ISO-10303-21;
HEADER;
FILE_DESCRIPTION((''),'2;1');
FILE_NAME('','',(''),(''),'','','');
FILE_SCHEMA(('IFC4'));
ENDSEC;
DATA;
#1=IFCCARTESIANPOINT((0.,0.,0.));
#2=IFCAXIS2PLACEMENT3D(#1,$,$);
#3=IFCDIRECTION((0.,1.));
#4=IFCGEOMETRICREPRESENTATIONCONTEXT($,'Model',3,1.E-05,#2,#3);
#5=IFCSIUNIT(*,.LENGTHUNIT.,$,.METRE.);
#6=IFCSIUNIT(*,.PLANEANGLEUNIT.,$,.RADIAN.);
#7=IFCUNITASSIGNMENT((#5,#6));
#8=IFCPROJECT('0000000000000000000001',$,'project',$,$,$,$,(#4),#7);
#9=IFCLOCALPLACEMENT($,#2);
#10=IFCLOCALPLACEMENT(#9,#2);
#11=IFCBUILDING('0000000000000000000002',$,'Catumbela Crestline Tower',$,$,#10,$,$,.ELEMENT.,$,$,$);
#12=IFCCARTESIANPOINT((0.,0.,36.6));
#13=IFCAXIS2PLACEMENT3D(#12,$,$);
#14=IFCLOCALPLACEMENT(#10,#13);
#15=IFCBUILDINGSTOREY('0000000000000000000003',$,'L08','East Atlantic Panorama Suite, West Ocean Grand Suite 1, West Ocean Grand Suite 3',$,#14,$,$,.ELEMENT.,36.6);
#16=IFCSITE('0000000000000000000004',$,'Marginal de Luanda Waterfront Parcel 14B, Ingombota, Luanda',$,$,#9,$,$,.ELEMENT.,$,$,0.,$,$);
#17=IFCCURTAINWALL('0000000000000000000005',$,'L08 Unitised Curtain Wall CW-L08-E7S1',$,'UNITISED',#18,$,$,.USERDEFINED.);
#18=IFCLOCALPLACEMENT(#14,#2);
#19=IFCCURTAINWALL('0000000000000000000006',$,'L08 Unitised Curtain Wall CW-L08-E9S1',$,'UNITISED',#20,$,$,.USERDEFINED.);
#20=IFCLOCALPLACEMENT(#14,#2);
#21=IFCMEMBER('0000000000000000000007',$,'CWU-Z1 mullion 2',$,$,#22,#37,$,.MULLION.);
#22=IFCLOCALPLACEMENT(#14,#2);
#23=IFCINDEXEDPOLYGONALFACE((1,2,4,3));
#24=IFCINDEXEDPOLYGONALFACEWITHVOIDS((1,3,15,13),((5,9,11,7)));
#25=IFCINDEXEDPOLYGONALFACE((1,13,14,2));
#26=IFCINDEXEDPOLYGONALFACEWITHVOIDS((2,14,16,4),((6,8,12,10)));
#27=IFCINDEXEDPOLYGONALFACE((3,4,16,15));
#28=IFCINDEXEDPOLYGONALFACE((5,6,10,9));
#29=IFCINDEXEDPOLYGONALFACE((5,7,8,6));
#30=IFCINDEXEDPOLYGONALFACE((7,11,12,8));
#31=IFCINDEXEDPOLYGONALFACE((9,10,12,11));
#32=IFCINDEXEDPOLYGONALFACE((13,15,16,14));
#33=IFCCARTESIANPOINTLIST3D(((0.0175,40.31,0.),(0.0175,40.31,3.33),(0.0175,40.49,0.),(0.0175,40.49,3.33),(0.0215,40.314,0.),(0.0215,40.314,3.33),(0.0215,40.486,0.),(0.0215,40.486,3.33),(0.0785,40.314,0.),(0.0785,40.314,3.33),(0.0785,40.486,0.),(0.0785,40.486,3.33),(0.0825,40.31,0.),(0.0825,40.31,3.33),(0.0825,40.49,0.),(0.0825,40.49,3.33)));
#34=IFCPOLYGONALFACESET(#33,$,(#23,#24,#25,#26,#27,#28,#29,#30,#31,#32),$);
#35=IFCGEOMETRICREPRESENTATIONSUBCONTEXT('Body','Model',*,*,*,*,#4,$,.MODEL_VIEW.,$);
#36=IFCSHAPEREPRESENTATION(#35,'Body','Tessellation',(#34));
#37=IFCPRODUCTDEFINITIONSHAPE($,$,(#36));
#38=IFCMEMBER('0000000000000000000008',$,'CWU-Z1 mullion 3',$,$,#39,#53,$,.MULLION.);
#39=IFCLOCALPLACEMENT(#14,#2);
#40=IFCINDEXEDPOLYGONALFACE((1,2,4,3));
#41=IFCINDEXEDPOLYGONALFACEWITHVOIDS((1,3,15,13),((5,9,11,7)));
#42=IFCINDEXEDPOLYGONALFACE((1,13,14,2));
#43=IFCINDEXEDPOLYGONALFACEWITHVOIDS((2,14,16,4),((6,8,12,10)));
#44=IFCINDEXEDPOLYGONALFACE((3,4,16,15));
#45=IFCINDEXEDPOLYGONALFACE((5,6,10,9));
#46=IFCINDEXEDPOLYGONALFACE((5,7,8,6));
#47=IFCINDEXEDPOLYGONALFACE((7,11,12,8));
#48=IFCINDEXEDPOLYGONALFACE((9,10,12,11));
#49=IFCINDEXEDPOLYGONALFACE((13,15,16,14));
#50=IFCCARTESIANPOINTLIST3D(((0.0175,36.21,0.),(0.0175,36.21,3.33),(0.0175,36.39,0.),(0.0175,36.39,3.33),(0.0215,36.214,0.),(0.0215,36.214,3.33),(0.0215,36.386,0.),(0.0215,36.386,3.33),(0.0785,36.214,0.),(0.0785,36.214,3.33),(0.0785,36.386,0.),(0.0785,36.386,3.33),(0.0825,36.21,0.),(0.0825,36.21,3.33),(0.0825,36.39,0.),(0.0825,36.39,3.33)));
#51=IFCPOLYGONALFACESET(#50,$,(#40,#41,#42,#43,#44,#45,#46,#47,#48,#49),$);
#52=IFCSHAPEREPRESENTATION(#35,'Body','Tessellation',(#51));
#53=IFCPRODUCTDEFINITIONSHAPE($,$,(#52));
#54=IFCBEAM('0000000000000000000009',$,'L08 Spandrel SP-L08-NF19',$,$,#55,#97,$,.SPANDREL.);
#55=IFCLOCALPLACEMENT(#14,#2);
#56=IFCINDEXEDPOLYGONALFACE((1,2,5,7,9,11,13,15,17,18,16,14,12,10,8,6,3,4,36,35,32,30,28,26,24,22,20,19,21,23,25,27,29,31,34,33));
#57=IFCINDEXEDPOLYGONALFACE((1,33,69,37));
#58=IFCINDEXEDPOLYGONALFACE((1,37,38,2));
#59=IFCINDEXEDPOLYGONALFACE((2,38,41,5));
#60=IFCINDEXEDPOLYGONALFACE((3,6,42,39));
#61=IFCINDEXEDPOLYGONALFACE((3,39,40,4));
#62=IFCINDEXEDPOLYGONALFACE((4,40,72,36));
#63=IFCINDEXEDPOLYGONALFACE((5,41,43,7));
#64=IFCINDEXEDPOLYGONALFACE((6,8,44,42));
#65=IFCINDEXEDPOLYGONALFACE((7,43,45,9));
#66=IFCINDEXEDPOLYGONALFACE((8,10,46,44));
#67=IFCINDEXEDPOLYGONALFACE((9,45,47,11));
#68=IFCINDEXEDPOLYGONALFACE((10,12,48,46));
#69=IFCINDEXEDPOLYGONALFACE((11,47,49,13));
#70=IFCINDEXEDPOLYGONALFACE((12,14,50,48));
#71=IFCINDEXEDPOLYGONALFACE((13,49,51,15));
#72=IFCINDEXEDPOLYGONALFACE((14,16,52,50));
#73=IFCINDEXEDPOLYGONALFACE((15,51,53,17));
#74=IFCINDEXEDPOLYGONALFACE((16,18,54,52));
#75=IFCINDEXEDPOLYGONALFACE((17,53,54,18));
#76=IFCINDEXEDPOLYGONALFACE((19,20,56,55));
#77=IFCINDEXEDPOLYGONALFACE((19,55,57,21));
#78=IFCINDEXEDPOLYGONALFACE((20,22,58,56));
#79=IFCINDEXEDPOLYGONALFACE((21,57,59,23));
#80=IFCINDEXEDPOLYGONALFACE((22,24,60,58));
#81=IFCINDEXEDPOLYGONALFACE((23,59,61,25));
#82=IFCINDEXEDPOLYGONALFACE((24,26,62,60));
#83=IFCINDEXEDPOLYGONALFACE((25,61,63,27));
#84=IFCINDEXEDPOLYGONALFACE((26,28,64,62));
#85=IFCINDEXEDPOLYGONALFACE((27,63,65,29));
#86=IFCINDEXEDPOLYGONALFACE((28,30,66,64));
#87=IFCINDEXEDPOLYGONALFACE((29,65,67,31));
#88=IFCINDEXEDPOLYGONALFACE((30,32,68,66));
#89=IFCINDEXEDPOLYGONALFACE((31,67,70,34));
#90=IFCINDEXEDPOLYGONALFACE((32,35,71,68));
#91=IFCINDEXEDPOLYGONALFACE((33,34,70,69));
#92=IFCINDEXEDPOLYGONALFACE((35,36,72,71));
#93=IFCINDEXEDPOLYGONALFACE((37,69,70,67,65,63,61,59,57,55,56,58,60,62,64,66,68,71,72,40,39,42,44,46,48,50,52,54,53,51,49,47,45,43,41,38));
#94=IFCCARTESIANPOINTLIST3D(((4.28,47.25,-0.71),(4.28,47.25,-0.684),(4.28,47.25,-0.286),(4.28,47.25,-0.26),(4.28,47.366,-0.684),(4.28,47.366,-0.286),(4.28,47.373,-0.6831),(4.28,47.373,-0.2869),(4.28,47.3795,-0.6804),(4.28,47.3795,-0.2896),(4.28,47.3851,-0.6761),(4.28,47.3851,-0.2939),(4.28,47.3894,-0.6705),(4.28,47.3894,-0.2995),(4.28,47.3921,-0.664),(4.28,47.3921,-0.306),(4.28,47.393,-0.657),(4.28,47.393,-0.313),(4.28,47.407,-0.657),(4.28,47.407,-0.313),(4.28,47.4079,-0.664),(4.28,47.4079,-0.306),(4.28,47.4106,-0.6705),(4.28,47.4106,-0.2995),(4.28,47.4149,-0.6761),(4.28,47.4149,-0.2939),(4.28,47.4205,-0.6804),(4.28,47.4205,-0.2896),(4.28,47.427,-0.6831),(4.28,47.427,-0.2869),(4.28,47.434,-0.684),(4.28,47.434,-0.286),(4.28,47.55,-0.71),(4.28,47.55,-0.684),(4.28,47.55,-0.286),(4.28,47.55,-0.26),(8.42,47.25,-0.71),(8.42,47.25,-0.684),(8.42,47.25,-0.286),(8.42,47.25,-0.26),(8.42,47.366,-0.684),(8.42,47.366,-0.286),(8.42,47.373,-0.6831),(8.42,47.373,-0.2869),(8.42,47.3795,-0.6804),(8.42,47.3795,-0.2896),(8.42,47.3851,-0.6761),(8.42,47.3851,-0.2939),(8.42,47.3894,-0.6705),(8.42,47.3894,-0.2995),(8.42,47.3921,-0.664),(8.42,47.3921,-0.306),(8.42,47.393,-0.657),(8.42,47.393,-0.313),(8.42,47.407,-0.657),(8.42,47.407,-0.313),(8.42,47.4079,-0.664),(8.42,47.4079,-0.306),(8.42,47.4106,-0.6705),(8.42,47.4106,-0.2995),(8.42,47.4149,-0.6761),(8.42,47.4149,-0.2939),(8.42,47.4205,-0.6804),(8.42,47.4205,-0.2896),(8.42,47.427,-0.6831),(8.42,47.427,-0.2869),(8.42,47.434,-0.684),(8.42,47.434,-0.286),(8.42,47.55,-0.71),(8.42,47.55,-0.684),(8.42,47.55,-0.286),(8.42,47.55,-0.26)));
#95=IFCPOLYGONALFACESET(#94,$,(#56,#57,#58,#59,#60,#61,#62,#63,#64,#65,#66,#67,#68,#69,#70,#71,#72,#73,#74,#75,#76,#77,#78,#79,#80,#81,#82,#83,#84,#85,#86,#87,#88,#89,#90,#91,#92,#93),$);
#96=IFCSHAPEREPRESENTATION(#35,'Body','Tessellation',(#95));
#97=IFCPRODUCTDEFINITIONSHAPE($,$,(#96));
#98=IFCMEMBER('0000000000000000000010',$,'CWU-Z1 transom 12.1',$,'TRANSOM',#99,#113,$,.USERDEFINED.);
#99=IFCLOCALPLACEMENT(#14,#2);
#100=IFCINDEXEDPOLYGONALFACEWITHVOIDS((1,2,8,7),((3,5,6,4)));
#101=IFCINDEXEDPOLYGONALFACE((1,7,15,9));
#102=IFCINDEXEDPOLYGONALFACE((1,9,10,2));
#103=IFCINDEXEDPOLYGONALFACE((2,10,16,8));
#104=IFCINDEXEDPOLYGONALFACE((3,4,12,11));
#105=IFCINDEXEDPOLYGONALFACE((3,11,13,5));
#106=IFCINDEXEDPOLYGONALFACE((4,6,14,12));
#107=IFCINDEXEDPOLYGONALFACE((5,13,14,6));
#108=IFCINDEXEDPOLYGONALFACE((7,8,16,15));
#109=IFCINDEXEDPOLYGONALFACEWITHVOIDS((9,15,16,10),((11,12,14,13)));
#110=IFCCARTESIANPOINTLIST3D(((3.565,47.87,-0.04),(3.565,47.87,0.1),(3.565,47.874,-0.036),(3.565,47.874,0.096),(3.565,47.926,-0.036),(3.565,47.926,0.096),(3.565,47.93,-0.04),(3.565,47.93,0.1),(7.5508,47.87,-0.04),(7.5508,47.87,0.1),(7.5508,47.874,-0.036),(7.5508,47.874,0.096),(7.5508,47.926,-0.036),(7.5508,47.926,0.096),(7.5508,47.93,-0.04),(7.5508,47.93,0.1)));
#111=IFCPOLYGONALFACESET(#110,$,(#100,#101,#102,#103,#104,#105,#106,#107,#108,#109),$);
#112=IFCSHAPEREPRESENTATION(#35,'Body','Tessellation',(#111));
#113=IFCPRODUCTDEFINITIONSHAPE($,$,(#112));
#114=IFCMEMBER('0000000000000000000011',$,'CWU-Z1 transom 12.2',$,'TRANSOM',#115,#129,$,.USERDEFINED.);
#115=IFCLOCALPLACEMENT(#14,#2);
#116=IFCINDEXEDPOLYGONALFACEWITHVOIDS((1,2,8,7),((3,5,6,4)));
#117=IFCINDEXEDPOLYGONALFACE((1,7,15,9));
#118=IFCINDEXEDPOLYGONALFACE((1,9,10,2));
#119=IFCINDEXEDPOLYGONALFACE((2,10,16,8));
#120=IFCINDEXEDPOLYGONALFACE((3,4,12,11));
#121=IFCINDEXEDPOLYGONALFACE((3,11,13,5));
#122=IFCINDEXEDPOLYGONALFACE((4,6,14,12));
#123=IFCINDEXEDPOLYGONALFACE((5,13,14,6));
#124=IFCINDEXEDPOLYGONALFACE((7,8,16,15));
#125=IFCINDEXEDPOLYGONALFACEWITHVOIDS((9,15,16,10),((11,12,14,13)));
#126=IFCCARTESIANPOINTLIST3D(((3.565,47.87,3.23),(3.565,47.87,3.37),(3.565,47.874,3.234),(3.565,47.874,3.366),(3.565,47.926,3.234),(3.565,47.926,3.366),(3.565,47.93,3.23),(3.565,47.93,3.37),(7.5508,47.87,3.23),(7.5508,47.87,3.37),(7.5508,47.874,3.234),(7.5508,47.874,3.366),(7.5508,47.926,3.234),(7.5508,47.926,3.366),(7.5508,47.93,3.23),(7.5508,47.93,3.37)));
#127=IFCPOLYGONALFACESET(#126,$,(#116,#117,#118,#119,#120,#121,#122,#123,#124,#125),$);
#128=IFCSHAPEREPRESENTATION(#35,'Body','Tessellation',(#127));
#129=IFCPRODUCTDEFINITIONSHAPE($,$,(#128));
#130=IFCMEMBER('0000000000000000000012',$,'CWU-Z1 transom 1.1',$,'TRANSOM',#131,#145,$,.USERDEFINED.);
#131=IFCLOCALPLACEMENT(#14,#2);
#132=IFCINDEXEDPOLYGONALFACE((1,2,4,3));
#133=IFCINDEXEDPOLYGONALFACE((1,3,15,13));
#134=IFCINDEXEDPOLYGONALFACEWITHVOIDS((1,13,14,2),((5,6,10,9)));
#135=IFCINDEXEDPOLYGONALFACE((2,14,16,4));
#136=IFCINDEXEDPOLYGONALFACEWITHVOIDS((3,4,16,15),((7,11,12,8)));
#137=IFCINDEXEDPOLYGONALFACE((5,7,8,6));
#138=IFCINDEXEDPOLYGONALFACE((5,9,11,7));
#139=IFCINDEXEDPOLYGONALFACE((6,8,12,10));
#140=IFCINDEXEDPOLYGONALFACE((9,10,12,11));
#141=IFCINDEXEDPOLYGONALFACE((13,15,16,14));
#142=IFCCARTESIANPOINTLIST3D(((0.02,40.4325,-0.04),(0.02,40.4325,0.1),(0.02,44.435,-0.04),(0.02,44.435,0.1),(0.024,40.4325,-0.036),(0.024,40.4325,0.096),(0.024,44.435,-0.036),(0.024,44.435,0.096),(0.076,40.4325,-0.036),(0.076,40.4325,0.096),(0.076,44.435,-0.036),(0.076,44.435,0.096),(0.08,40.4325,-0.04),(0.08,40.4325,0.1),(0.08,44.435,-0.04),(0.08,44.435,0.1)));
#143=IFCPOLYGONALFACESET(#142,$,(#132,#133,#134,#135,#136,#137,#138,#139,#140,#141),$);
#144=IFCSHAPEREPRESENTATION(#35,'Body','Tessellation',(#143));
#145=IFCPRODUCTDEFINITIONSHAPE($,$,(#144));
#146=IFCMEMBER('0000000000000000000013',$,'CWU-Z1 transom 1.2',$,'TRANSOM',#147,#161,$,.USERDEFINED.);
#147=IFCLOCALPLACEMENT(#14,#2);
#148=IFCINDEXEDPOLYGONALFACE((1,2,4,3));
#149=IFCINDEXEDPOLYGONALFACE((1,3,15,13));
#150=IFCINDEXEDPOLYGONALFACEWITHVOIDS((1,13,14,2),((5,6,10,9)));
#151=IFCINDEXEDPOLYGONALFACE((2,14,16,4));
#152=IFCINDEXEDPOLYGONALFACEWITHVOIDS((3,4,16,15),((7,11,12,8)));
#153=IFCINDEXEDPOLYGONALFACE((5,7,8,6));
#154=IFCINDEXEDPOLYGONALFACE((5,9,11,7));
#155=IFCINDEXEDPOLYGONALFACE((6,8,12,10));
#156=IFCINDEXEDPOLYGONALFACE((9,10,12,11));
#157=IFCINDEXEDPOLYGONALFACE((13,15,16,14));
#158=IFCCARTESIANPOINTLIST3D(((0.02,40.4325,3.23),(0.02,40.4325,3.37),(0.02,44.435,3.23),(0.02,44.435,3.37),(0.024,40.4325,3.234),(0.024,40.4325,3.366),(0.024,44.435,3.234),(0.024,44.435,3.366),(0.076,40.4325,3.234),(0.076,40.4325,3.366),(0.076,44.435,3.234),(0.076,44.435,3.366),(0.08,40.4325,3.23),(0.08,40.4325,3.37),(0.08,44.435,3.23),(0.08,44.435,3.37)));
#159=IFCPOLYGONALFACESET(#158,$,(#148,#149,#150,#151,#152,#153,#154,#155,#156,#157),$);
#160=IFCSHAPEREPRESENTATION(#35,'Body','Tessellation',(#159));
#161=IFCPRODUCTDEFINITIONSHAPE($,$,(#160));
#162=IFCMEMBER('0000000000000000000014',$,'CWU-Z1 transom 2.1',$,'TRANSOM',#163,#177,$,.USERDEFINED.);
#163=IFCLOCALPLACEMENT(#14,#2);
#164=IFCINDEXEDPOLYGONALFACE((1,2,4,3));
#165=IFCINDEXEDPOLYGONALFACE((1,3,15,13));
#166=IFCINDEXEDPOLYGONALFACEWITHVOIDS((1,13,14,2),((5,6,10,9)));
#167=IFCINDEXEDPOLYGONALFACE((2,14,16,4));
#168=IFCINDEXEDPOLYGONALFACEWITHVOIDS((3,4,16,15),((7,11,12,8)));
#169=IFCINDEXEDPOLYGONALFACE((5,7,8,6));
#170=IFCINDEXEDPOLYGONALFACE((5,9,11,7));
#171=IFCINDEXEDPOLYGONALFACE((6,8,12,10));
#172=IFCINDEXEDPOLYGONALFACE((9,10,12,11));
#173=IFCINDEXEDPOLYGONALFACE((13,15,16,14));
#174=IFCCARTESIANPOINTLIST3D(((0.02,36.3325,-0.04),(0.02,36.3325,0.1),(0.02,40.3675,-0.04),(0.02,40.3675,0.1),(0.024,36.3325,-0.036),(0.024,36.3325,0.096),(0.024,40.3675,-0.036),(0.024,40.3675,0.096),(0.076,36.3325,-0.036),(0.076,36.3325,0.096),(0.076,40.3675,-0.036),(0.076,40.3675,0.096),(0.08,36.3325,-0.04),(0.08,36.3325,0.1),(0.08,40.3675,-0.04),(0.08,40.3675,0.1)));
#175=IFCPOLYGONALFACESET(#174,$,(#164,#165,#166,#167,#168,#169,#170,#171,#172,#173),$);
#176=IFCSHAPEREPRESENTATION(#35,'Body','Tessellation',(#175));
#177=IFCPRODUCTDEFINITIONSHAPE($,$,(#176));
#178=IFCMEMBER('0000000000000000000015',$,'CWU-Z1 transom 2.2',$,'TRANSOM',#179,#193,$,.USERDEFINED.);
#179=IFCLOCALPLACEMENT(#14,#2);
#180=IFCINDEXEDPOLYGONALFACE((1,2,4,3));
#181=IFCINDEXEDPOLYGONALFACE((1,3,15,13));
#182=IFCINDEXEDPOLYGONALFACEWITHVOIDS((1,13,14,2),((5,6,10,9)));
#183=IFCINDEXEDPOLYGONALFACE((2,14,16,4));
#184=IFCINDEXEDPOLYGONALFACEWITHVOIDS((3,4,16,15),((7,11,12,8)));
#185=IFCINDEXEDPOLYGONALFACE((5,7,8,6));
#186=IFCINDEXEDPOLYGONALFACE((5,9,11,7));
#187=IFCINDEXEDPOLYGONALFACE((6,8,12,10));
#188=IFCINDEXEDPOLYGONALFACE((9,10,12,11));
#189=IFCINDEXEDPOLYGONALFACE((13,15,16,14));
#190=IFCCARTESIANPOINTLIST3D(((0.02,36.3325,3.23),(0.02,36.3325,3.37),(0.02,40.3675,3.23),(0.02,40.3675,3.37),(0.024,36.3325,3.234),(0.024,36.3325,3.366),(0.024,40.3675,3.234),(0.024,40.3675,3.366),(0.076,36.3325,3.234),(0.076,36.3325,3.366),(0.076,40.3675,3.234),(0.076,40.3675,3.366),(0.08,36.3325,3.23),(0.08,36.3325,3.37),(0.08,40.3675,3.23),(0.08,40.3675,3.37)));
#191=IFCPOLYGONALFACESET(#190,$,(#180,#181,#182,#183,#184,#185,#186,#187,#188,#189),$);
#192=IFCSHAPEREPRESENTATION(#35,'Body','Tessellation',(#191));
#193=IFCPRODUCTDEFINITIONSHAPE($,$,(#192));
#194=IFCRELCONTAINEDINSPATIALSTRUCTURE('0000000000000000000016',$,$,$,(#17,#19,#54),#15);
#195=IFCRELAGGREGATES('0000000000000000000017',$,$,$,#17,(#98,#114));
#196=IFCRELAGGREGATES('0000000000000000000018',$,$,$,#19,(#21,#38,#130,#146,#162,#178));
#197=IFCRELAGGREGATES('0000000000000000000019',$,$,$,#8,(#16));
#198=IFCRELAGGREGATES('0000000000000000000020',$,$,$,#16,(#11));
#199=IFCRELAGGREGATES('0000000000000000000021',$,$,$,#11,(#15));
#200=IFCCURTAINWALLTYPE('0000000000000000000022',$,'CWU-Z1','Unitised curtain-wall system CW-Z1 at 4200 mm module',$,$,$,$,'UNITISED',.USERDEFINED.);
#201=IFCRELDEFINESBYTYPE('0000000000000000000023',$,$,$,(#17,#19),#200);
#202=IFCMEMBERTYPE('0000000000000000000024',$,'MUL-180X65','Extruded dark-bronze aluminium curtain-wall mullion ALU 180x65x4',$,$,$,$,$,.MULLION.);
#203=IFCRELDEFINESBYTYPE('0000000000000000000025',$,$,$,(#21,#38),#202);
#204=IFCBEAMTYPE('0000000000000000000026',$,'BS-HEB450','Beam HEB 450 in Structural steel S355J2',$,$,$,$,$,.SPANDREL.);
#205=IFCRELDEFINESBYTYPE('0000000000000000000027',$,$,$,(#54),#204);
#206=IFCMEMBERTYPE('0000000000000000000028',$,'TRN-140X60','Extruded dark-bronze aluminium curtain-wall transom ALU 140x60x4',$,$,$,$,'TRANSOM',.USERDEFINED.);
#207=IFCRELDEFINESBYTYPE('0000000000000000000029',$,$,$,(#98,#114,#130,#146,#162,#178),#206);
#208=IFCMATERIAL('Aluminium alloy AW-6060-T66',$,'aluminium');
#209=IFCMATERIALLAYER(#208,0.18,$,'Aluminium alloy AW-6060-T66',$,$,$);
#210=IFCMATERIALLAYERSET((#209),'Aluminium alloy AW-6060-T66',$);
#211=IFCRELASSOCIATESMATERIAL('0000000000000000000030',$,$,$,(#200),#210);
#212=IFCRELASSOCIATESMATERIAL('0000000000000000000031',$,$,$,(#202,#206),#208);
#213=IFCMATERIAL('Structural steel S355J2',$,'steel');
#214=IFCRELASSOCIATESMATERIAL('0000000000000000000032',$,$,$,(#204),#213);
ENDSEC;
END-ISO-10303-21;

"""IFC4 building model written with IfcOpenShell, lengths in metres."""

from ifc_helpers import new_model, si_unit, direction, frame, origin, origin_2d, place, context, subcontext, project, spatial, hollow_rectangle, i_section, extrude, material, layer, layer_set, material_profile, profile_set, type_object, element, aggregate, save


model = new_model("IFC4")

# Units and contexts
model_context = context("Model", 3, precision=1e-05, world=origin(), true_north=direction((0.0, 1.0)))
body_context = subcontext(model_context, "Body", "Model", "MODEL_VIEW")
ifc_project = project(units=[si_unit("LENGTHUNIT", "METRE"), si_unit("PLANEANGLEUNIT", "RADIAN")], contexts=[model_context])

# Site, building, storey
site_placement = place(None, origin())
site = spatial("IfcSite", under=ifc_project, at=site_placement, Name="Marginal de Luanda Waterfront Parcel 14B, Ingombota, Luanda", CompositionType="ELEMENT", RefElevation=0.0)
building_placement = place(site_placement, origin())
building = spatial("IfcBuilding", under=site, at=building_placement, Name="Catumbela Crestline Tower", CompositionType="ELEMENT")
storey_placement = place(building_placement, frame((0.0, 0.0, 36.6)))
storey = spatial("IfcBuildingStorey", under=building, at=storey_placement, Name="L08", Description="East Atlantic Panorama Suite, West Ocean Grand Suite 1, West Ocean Grand Suite 3", CompositionType="ELEMENT", Elevation=36.6)

# Shared definitions
ifc_material_1 = material(Name="Structural steel S355J2", Category="steel")

# Curtain walls, members
ifc_material_2 = material(Name="Aluminium alloy AW-6060-T66", Category="aluminium")
ifc_layer_1 = layer(ifc_material_2, 0.18, Name="Aluminium alloy AW-6060-T66")
ifc_layer_set_1 = layer_set([ifc_layer_1], Name="Aluminium alloy AW-6060-T66")
curtain_wall_type = type_object("IfcCurtainWallType", Name="CWU-Z1", Description="Unitised curtain-wall system CW-Z1 at 4200 mm module", ElementType="UNITISED", PredefinedType="USERDEFINED", material=ifc_layer_set_1)
curtain_wall_1_placement = place(storey_placement, origin())
curtain_wall_1 = element("IfcCurtainWall", 1, at=curtain_wall_1_placement, inside=storey, type_object=curtain_wall_type, Name="L08 Unitised Curtain Wall CW-L08-E7S1", ObjectType="UNITISED", PredefinedType="USERDEFINED")
ifc_material_profile_1 = material_profile(ifc_material_2, hollow_rectangle(XDim=0.065, YDim=0.18, WallThickness=0.004, at=origin_2d()), Name="ALU 180x65x4")
ifc_profile_set_1 = profile_set([ifc_material_profile_1], Name="Aluminium alloy AW-6060-T66")
member_type_1 = type_object("IfcMemberType", Name="MUL-180X65", Description="Extruded dark-bronze aluminium curtain-wall mullion ALU 180x65x4", PredefinedType="MULLION", material=ifc_profile_set_1)
curtain_wall_2_placement = place(storey_placement, origin())
curtain_wall_2 = element("IfcCurtainWall", 2, at=curtain_wall_2_placement, inside=storey, type_object=curtain_wall_type, Name="L08 Unitised Curtain Wall CW-L08-E9S1", ObjectType="UNITISED", PredefinedType="USERDEFINED")
member_1_placement = place(storey_placement, frame((0.05, 40.4, 0.0), z_axis=(0.0, 0.0, 1.0), x_axis=(1.0, 0.0, 0.0)))
member_1 = element("IfcMember", 3, at=member_1_placement, type_object=member_type_1, Name="CWU-Z1 mullion 2", PredefinedType="MULLION", context=body_context, shape_type="SweptSolid", body=[
    extrude(hollow_rectangle(XDim=0.065, YDim=0.18, WallThickness=0.004, at=origin_2d()), origin(), (0.0, 0.0, 1.0), 3.33),
])
member_2_placement = place(storey_placement, frame((0.05, 36.3, 0.0), z_axis=(0.0, 0.0, 1.0), x_axis=(1.0, 0.0, 0.0)))
member_2 = element("IfcMember", 4, at=member_2_placement, type_object=member_type_1, Name="CWU-Z1 mullion 3", PredefinedType="MULLION", context=body_context, shape_type="SweptSolid", body=[
    extrude(hollow_rectangle(XDim=0.065, YDim=0.18, WallThickness=0.004, at=origin_2d()), origin(), (0.0, 0.0, 1.0), 3.33),
])

# Beam
ifc_material_profile_2 = material_profile(ifc_material_1, i_section(OverallWidth=0.3, OverallDepth=0.45, WebThickness=0.014, FlangeThickness=0.026, FilletRadius=0.027, at=origin_2d()), Name="HEB 450")
ifc_profile_set_2 = profile_set([ifc_material_profile_2], Name="Structural steel S355J2")
beam_type_1 = type_object("IfcBeamType", Name="BS-HEB450", Description="Beam HEB 450 in Structural steel S355J2", PredefinedType="SPANDREL", material=ifc_profile_set_2)
beam_1_placement = place(storey_placement, frame((4.28, 47.4, -0.485), z_axis=(1.0, 0.0, 0.0), x_axis=(0.0, 1.0, 0.0)))
element("IfcBeam", 5, at=beam_1_placement, inside=storey, type_object=beam_type_1, Name="L08 Spandrel SP-L08-NF19", PredefinedType="SPANDREL", context=body_context, shape_type="SweptSolid", body=[
    extrude(i_section(OverallWidth=0.3, OverallDepth=0.45, WebThickness=0.014, FlangeThickness=0.026, FilletRadius=0.027, at=origin_2d()), origin(), (0.0, 0.0, 1.0), 4.14),
])

# Members
ifc_material_profile_3 = material_profile(ifc_material_2, hollow_rectangle(XDim=0.06, YDim=0.14, WallThickness=0.004, at=origin_2d()), Name="ALU 140x60x4")
ifc_profile_set_3 = profile_set([ifc_material_profile_3], Name="Aluminium alloy AW-6060-T66")
member_type_2 = type_object("IfcMemberType", Name="TRN-140X60", Description="Extruded dark-bronze aluminium curtain-wall transom ALU 140x60x4", ElementType="TRANSOM", PredefinedType="USERDEFINED", material=ifc_profile_set_3)
member_3_placement = place(storey_placement, frame((7.5508, 47.9, 0.03), z_axis=(-1.0, 0.0, 0.0), x_axis=(0.0, -1.0, 0.0)))
member_3 = element("IfcMember", 6, at=member_3_placement, type_object=member_type_2, Name="CWU-Z1 transom 12.1", ObjectType="TRANSOM", PredefinedType="USERDEFINED", context=body_context, shape_type="SweptSolid", body=[
    extrude(hollow_rectangle(XDim=0.06, YDim=0.14, WallThickness=0.004, at=origin_2d()), origin(), (0.0, 0.0, 1.0), 3.9858),
])
member_4_placement = place(storey_placement, frame((7.5508, 47.9, 3.3), z_axis=(-1.0, 0.0, 0.0), x_axis=(0.0, -1.0, 0.0)))
member_4 = element("IfcMember", 7, at=member_4_placement, type_object=member_type_2, Name="CWU-Z1 transom 12.2", ObjectType="TRANSOM", PredefinedType="USERDEFINED", context=body_context, shape_type="SweptSolid", body=[
    extrude(hollow_rectangle(XDim=0.06, YDim=0.14, WallThickness=0.004, at=origin_2d()), origin(), (0.0, 0.0, 1.0), 3.9858),
])
member_5_placement = place(storey_placement, frame((0.05, 44.435, 0.03), z_axis=(0.0, -1.0, 0.0), x_axis=(1.0, 0.0, 0.0)))
member_5 = element("IfcMember", 8, at=member_5_placement, type_object=member_type_2, Name="CWU-Z1 transom 1.1", ObjectType="TRANSOM", PredefinedType="USERDEFINED", context=body_context, shape_type="SweptSolid", body=[
    extrude(hollow_rectangle(XDim=0.06, YDim=0.14, WallThickness=0.004, at=origin_2d()), origin(), (0.0, 0.0, 1.0), 4.0025),
])
member_6_placement = place(storey_placement, frame((0.05, 44.435, 3.3), z_axis=(0.0, -1.0, 0.0), x_axis=(1.0, 0.0, 0.0)))
member_6 = element("IfcMember", 9, at=member_6_placement, type_object=member_type_2, Name="CWU-Z1 transom 1.2", ObjectType="TRANSOM", PredefinedType="USERDEFINED", context=body_context, shape_type="SweptSolid", body=[
    extrude(hollow_rectangle(XDim=0.06, YDim=0.14, WallThickness=0.004, at=origin_2d()), origin(), (0.0, 0.0, 1.0), 4.0025),
])
member_7_placement = place(storey_placement, frame((0.05, 40.3675, 0.03), z_axis=(0.0, -1.0, 0.0), x_axis=(1.0, 0.0, 0.0)))
member_7 = element("IfcMember", 10, at=member_7_placement, type_object=member_type_2, Name="CWU-Z1 transom 2.1", ObjectType="TRANSOM", PredefinedType="USERDEFINED", context=body_context, shape_type="SweptSolid", body=[
    extrude(hollow_rectangle(XDim=0.06, YDim=0.14, WallThickness=0.004, at=origin_2d()), origin(), (0.0, 0.0, 1.0), 4.035),
])
member_8_placement = place(storey_placement, frame((0.05, 40.3675, 3.3), z_axis=(0.0, -1.0, 0.0), x_axis=(1.0, 0.0, 0.0)))
member_8 = element("IfcMember", 11, at=member_8_placement, type_object=member_type_2, Name="CWU-Z1 transom 2.2", ObjectType="TRANSOM", PredefinedType="USERDEFINED", context=body_context, shape_type="SweptSolid", body=[
    extrude(hollow_rectangle(XDim=0.06, YDim=0.14, WallThickness=0.004, at=origin_2d()), origin(), (0.0, 0.0, 1.0), 4.035),
])

aggregate(curtain_wall_1, [member_3, member_4])
aggregate(curtain_wall_2, [member_1, member_2, member_5, member_6, member_7, member_8])

save(model, "model.ifc")
